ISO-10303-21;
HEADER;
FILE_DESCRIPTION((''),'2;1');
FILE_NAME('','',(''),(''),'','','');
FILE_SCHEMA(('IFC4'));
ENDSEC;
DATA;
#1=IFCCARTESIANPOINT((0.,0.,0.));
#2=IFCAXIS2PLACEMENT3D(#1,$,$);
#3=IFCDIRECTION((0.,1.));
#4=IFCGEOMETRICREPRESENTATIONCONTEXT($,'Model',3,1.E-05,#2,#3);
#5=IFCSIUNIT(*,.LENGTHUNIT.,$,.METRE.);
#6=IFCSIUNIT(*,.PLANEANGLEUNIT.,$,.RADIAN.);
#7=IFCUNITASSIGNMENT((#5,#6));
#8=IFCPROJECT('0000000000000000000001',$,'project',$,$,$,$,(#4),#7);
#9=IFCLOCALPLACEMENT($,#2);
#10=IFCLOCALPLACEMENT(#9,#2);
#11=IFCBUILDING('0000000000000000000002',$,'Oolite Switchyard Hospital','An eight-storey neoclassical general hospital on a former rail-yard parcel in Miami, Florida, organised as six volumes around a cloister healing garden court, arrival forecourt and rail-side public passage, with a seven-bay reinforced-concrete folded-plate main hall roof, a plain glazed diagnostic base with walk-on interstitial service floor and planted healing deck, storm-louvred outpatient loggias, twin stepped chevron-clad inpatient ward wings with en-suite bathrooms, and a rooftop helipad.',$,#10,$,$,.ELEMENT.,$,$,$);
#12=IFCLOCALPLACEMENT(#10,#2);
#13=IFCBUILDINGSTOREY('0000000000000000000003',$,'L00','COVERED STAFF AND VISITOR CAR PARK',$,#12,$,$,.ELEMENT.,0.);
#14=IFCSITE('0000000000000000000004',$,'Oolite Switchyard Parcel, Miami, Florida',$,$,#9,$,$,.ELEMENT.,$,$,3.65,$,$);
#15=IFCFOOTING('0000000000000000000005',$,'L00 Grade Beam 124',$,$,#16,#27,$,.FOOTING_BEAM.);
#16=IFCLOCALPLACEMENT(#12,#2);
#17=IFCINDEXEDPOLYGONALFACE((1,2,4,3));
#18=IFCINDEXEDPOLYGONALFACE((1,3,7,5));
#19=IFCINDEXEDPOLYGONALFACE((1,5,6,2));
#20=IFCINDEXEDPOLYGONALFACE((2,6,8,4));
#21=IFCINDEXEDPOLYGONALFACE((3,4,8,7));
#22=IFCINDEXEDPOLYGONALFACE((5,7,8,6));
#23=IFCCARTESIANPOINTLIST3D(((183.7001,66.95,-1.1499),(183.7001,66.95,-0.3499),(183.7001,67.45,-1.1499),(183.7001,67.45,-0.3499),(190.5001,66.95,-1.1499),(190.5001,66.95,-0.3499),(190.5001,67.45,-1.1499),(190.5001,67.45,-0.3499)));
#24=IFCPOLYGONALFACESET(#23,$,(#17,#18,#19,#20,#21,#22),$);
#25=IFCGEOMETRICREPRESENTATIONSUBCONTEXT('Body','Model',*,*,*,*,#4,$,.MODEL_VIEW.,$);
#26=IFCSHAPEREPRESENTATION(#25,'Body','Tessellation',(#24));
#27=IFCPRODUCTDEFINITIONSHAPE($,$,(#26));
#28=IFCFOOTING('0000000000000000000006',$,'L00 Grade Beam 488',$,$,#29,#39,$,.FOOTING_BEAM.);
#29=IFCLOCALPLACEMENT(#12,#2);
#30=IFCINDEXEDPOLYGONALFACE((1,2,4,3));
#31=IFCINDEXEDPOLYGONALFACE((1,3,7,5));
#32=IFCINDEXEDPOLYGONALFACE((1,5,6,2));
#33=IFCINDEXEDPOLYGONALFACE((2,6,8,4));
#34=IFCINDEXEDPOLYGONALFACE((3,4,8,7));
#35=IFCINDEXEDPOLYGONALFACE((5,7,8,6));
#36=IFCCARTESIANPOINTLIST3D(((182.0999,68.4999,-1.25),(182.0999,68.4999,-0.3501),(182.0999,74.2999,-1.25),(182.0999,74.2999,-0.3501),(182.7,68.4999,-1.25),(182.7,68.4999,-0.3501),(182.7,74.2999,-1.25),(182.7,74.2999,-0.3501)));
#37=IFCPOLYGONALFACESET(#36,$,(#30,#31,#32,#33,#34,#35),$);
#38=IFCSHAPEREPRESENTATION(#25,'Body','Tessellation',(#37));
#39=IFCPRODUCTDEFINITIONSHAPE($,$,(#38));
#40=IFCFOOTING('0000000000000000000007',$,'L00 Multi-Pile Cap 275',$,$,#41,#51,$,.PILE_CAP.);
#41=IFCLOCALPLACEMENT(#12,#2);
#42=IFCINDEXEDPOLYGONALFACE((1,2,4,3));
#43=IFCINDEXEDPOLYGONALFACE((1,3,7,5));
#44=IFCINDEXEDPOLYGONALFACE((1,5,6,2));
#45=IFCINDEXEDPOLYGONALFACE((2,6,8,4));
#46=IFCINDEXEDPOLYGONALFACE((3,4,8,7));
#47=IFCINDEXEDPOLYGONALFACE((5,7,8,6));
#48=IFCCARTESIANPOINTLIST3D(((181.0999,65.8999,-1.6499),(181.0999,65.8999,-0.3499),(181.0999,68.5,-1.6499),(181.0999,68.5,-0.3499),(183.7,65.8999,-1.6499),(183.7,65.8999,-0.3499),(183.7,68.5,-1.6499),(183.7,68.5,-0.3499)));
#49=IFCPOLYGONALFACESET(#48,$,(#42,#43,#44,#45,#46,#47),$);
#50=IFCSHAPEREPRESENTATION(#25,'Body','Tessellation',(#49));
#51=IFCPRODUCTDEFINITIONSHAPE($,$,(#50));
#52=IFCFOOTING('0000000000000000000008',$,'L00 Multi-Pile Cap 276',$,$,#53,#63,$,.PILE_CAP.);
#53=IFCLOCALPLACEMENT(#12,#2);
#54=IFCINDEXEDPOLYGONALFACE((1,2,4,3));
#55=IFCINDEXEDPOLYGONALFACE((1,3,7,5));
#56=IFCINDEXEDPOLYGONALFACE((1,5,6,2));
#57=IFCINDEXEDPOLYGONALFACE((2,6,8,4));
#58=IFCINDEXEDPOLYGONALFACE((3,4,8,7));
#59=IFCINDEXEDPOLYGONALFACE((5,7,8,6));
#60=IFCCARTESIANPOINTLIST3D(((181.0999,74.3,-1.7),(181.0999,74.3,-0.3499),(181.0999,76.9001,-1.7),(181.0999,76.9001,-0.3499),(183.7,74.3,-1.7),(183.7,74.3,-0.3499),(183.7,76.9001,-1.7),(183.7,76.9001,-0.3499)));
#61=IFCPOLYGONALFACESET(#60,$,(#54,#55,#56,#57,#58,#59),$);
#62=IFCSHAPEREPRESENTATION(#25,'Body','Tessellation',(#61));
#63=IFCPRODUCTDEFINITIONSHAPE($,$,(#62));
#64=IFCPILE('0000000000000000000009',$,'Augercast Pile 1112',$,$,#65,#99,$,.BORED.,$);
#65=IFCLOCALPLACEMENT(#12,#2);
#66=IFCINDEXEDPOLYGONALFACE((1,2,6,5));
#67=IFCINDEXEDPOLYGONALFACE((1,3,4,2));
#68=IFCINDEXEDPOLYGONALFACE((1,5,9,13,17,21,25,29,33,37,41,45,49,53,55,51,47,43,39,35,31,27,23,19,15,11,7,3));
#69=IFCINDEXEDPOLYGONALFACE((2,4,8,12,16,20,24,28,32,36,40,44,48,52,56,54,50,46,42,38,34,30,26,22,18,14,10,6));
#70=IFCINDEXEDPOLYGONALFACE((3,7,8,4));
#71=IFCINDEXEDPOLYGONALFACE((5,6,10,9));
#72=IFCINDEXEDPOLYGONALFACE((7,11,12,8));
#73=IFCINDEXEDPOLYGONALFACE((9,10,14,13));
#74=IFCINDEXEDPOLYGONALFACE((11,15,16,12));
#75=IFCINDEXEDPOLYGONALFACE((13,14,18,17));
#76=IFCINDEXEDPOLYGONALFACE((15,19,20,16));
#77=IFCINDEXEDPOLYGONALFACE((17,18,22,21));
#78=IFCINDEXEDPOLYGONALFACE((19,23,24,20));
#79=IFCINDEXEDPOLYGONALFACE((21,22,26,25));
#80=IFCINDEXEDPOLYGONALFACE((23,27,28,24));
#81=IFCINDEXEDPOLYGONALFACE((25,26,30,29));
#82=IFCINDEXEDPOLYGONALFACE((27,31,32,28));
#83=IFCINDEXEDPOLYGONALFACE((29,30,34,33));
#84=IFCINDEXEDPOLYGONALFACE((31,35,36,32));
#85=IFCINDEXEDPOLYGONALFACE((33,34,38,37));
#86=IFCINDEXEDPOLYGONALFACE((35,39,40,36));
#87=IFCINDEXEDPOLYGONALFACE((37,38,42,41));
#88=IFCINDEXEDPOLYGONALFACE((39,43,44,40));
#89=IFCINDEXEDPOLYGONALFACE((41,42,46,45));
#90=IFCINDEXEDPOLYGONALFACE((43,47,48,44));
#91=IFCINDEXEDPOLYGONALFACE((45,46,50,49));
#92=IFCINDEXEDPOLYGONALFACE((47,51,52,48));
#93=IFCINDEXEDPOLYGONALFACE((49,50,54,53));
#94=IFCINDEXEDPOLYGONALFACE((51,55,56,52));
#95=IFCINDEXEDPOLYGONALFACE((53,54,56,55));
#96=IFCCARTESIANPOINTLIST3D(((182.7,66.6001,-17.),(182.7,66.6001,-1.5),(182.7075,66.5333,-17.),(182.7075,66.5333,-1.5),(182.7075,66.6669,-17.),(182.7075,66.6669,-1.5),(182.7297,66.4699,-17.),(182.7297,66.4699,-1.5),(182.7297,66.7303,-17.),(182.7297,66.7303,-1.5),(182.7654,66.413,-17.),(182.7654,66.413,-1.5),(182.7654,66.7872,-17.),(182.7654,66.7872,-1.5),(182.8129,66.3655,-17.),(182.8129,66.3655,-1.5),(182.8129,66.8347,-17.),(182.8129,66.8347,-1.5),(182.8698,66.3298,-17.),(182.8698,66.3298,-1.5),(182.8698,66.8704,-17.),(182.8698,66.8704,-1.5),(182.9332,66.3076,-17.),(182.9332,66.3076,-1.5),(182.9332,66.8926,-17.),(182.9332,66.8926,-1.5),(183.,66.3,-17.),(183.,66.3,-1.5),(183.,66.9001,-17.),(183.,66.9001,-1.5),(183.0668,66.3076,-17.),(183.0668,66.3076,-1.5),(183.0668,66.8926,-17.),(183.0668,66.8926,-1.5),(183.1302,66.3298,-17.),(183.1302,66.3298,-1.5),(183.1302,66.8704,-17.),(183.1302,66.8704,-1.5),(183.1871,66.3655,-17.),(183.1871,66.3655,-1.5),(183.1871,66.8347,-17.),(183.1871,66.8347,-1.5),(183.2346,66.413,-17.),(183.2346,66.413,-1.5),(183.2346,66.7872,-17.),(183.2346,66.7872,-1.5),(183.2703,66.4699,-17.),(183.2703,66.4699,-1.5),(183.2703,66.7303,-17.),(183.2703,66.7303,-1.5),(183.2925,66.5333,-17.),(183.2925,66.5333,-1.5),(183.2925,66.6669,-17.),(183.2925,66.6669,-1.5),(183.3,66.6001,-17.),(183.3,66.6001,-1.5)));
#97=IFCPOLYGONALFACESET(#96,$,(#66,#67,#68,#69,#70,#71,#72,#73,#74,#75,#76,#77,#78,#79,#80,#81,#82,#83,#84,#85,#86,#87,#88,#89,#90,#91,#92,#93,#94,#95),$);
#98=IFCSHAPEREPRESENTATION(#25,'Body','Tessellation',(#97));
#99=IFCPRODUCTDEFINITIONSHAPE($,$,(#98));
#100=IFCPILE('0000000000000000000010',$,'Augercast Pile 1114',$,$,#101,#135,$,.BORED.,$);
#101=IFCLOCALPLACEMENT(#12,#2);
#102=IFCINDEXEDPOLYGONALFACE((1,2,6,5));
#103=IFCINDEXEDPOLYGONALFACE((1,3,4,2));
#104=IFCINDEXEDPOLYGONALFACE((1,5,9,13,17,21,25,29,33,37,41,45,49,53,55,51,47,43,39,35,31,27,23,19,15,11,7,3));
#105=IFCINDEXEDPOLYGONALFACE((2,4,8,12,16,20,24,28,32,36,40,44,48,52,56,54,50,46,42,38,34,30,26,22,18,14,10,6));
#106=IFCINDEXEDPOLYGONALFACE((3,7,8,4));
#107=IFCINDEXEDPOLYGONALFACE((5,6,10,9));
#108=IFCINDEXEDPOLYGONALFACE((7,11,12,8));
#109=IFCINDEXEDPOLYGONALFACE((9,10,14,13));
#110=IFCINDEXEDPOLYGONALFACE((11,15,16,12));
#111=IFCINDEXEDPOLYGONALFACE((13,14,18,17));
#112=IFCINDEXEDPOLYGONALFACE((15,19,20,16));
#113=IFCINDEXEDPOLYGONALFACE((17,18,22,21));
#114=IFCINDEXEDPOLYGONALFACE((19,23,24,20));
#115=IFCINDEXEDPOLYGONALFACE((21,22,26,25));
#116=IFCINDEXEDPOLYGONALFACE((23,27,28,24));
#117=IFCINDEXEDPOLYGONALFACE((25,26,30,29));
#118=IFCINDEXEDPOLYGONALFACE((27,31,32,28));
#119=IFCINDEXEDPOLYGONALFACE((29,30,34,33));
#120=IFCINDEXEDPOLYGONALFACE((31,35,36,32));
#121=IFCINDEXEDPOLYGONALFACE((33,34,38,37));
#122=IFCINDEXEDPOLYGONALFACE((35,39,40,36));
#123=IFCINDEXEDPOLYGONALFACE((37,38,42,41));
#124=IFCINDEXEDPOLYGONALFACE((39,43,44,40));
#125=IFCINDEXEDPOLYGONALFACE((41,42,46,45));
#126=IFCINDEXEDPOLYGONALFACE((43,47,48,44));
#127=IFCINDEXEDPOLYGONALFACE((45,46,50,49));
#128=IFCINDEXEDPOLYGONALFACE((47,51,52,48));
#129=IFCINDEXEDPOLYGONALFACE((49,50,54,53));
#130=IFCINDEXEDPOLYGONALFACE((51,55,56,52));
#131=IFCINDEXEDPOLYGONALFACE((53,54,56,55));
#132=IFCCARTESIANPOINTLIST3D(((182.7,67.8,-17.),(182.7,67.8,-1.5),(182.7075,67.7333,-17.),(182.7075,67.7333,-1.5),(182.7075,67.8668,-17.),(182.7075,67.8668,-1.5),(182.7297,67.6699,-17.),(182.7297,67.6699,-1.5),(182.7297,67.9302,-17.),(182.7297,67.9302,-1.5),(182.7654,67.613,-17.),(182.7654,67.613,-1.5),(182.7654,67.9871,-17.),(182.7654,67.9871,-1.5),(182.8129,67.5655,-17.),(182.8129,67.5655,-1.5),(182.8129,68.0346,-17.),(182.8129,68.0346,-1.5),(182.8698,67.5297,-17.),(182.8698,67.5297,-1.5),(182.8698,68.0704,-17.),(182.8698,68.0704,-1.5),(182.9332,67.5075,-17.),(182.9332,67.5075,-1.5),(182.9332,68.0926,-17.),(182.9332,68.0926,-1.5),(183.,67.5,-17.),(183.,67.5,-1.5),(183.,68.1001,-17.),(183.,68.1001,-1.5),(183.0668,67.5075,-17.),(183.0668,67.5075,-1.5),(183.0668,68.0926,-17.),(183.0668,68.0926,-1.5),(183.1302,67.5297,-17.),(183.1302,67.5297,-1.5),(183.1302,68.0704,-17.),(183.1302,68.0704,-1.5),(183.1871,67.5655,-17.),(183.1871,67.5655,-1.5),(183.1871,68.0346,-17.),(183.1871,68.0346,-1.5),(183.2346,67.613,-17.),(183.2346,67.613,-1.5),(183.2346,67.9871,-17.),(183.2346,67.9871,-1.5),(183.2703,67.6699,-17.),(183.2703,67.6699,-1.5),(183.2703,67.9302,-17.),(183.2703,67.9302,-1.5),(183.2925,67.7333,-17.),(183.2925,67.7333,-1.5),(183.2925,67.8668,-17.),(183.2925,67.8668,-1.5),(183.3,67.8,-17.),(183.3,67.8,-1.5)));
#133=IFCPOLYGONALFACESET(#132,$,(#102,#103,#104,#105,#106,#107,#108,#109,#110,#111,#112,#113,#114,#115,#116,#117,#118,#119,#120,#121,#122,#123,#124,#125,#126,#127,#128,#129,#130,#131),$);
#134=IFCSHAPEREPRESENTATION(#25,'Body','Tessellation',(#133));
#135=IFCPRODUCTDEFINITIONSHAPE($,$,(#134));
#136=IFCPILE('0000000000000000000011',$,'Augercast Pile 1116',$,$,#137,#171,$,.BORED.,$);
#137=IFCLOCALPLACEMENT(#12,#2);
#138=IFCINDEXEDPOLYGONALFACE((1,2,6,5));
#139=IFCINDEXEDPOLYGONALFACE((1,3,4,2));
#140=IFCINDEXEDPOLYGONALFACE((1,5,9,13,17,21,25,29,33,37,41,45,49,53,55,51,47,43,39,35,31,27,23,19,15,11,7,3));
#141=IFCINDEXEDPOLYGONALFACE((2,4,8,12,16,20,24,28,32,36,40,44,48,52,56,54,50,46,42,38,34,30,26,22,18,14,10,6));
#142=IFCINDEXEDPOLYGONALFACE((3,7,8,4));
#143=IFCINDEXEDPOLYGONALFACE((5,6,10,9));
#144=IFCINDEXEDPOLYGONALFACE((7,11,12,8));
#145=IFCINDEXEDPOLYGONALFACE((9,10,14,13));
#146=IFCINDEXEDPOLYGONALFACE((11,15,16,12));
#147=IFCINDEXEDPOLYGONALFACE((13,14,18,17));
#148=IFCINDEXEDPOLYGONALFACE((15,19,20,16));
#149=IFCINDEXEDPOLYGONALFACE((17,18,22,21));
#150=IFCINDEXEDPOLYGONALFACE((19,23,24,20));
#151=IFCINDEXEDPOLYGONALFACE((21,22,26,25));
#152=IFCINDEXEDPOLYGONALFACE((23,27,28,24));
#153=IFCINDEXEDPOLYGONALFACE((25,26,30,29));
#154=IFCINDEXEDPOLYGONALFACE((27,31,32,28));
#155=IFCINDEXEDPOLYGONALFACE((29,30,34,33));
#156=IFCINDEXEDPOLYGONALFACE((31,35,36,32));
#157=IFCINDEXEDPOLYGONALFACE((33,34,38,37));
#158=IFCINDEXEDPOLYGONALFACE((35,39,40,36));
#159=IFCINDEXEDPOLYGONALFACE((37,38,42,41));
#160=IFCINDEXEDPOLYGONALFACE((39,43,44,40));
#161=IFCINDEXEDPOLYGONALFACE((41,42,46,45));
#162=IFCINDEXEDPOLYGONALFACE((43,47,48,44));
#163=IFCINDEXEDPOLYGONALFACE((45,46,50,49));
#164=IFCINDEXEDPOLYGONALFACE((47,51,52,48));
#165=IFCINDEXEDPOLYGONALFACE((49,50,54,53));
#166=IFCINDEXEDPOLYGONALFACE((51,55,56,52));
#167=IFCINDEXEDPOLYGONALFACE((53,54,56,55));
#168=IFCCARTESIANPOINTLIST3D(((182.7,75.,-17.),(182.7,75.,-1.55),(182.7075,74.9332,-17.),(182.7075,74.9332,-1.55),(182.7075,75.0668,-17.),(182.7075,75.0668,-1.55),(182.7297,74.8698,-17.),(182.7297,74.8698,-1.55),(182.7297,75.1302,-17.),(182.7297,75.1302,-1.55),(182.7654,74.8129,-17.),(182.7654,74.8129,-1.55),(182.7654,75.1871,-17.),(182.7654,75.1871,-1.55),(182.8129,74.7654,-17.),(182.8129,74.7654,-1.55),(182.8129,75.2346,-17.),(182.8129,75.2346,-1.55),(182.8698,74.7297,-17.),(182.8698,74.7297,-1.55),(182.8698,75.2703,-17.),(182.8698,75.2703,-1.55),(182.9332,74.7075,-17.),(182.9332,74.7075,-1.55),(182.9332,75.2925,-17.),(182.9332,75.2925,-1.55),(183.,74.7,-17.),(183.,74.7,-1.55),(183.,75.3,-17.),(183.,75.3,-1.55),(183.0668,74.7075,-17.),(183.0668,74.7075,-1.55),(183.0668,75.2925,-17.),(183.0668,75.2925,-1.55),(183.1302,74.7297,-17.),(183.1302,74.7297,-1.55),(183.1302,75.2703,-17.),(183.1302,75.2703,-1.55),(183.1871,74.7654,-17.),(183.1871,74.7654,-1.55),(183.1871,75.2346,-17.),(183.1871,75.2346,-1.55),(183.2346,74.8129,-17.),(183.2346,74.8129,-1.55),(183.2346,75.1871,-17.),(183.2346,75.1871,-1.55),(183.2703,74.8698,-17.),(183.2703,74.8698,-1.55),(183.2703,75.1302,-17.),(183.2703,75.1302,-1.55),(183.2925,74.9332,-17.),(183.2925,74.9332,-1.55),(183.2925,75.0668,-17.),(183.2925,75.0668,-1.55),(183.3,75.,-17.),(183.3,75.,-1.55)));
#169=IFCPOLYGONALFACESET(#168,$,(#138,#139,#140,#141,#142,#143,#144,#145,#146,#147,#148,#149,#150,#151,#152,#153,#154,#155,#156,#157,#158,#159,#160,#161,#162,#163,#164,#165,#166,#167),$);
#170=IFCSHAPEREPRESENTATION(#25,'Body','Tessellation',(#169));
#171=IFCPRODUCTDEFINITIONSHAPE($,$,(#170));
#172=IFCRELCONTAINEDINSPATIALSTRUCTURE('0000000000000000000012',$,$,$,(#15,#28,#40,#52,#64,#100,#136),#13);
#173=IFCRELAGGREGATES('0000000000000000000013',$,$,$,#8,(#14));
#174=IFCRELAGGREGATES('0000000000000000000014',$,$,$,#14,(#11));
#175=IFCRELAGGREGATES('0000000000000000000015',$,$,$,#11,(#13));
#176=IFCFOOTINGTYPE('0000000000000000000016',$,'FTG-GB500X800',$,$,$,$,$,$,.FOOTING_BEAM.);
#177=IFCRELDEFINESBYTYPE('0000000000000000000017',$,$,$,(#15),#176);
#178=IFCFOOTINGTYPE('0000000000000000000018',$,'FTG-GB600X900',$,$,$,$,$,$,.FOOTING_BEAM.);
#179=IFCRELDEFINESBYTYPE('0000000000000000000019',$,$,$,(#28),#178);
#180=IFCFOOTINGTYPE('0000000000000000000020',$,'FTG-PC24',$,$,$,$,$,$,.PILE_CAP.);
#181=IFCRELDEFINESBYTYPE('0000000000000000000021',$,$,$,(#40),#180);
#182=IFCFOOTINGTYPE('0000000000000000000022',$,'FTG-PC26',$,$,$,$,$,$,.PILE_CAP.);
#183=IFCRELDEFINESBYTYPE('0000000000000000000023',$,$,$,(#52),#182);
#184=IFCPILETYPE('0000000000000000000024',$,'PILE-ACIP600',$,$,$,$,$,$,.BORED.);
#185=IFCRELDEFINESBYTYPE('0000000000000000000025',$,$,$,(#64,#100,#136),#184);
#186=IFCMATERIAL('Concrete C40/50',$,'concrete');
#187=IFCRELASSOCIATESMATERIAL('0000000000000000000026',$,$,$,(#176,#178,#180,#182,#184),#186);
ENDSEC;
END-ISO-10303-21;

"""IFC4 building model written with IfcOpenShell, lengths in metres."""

from ifc_helpers import new_model, si_unit, direction, frame, origin, origin_2d, place, context, subcontext, project, spatial, rectangle, circle, extrude, material, material_profile, profile_set, type_object, element, save


model = new_model("IFC4")

# Units and contexts
model_context = context("Model", 3, precision=1e-05, world=origin(), true_north=direction((0.0, 1.0)))
body_context = subcontext(model_context, "Body", "Model", "MODEL_VIEW")
ifc_project = project(units=[si_unit("LENGTHUNIT", "METRE"), si_unit("PLANEANGLEUNIT", "RADIAN")], contexts=[model_context])

# Site, building, storey
site_placement = place(None, origin())
site = spatial("IfcSite", under=ifc_project, at=site_placement, Name="Oolite Switchyard Parcel, Miami, Florida", CompositionType="ELEMENT", RefElevation=3.65)
building_placement = place(site_placement, origin())
building = spatial("IfcBuilding", under=site, at=building_placement, Name="Oolite Switchyard Hospital", Description="An eight-storey neoclassical general hospital on a former rail-yard parcel in Miami, Florida, organised as six volumes around a cloister healing garden court, arrival forecourt and rail-side public passage, with a seven-bay reinforced-concrete folded-plate main hall roof, a plain glazed diagnostic base with walk-on interstitial service floor and planted healing deck, storm-louvred outpatient loggias, twin stepped chevron-clad inpatient ward wings with en-suite bathrooms, and a rooftop helipad.", CompositionType="ELEMENT")
storey_placement = place(building_placement, origin())
storey = spatial("IfcBuildingStorey", under=building, at=storey_placement, Name="L00", Description="COVERED STAFF AND VISITOR CAR PARK", CompositionType="ELEMENT", Elevation=0.0)

# Footings
ifc_material_1 = material(Name="Concrete C40/50", Category="concrete")
footing_type_1 = type_object("IfcFootingType", Name="FTG-GB500X800", PredefinedType="FOOTING_BEAM", material=ifc_material_1)
footing_1_placement = place(storey_placement, frame((187.1001, 67.2, -1.1499), z_axis=(0.0, 0.0, 1.0), x_axis=(1.0, 0.0, 0.0)))
element("IfcFooting", 1, at=footing_1_placement, inside=storey, type_object=footing_type_1, Name="L00 Grade Beam 124", PredefinedType="FOOTING_BEAM", context=body_context, shape_type="SweptSolid", body=[
    extrude(rectangle(XDim=6.8, YDim=0.5, at=origin_2d()), origin(), (0.0, 0.0, 1.0), 0.8),
])
footing_type_2 = type_object("IfcFootingType", Name="FTG-GB600X900", PredefinedType="FOOTING_BEAM", material=ifc_material_1)
footing_2_placement = place(storey_placement, frame((182.3999, 71.3999, -1.25), z_axis=(0.0, 0.0, 1.0), x_axis=(0.0, 1.0, 0.0)))
element("IfcFooting", 2, at=footing_2_placement, inside=storey, type_object=footing_type_2, Name="L00 Grade Beam 488", PredefinedType="FOOTING_BEAM", context=body_context, shape_type="SweptSolid", body=[
    extrude(rectangle(XDim=5.8, YDim=0.6001, at=origin_2d()), origin(), (0.0, 0.0, 1.0), 0.8999),
])
footing_type_3 = type_object("IfcFootingType", Name="FTG-PC24", PredefinedType="PILE_CAP", material=ifc_material_1)
footing_3_placement = place(storey_placement, frame((182.3999, 67.2, -1.6499), z_axis=(0.0, 0.0, 1.0), x_axis=(1.0, 0.0, 0.0)))
element("IfcFooting", 3, at=footing_3_placement, inside=storey, type_object=footing_type_3, Name="L00 Multi-Pile Cap 275", PredefinedType="PILE_CAP", context=body_context, shape_type="SweptSolid", body=[
    extrude(rectangle(XDim=2.6001, YDim=2.6001, at=origin_2d()), origin(), (0.0, 0.0, 1.0), 1.3),
])
footing_type_4 = type_object("IfcFootingType", Name="FTG-PC26", PredefinedType="PILE_CAP", material=ifc_material_1)
footing_4_placement = place(storey_placement, frame((182.3999, 75.6001, -1.7), z_axis=(0.0, 0.0, 1.0), x_axis=(1.0, 0.0, 0.0)))
element("IfcFooting", 4, at=footing_4_placement, inside=storey, type_object=footing_type_4, Name="L00 Multi-Pile Cap 276", PredefinedType="PILE_CAP", context=body_context, shape_type="SweptSolid", body=[
    extrude(rectangle(XDim=2.6001, YDim=2.6001, at=origin_2d()), origin(), (0.0, 0.0, 1.0), 1.3501),
])

# Piles
ifc_material_profile_1 = material_profile(ifc_material_1, circle(Radius=0.3, at=origin_2d()), Name="PILE600")
ifc_profile_set_1 = profile_set([ifc_material_profile_1], Name="Concrete C40/50")
pile_type = type_object("IfcPileType", Name="PILE-ACIP600", PredefinedType="BORED", material=ifc_profile_set_1)
for number, where, z_axis, x_axis, name in (
    (5, (183.0, 66.6001, -1.5), (0.0, 0.0, -1.0), (1.0, 0.0, 0.0), "Augercast Pile 1112"),
    (6, (183.0, 67.8, -1.5), (0.0, 0.0, -1.0), (1.0, 0.0, 0.0), "Augercast Pile 1114"),
):
    element("IfcPile", number, at=place(storey_placement, frame(where, z_axis=z_axis, x_axis=x_axis)), inside=storey, type_object=pile_type, Name=name, PredefinedType="BORED", context=body_context, shape_type="SweptSolid", body=[
        extrude(circle(Radius=0.3, at=origin_2d()), origin(), (0.0, 0.0, 1.0), 15.5),
    ])
pile_1_placement = place(storey_placement, frame((183.0, 75.0, -1.55), z_axis=(0.0, 0.0, -1.0), x_axis=(1.0, 0.0, 0.0)))
element("IfcPile", 7, at=pile_1_placement, inside=storey, type_object=pile_type, Name="Augercast Pile 1116", PredefinedType="BORED", context=body_context, shape_type="SweptSolid", body=[
    extrude(circle(Radius=0.3, at=origin_2d()), origin(), (0.0, 0.0, 1.0), 15.45),
])

save(model, "model.ifc")
